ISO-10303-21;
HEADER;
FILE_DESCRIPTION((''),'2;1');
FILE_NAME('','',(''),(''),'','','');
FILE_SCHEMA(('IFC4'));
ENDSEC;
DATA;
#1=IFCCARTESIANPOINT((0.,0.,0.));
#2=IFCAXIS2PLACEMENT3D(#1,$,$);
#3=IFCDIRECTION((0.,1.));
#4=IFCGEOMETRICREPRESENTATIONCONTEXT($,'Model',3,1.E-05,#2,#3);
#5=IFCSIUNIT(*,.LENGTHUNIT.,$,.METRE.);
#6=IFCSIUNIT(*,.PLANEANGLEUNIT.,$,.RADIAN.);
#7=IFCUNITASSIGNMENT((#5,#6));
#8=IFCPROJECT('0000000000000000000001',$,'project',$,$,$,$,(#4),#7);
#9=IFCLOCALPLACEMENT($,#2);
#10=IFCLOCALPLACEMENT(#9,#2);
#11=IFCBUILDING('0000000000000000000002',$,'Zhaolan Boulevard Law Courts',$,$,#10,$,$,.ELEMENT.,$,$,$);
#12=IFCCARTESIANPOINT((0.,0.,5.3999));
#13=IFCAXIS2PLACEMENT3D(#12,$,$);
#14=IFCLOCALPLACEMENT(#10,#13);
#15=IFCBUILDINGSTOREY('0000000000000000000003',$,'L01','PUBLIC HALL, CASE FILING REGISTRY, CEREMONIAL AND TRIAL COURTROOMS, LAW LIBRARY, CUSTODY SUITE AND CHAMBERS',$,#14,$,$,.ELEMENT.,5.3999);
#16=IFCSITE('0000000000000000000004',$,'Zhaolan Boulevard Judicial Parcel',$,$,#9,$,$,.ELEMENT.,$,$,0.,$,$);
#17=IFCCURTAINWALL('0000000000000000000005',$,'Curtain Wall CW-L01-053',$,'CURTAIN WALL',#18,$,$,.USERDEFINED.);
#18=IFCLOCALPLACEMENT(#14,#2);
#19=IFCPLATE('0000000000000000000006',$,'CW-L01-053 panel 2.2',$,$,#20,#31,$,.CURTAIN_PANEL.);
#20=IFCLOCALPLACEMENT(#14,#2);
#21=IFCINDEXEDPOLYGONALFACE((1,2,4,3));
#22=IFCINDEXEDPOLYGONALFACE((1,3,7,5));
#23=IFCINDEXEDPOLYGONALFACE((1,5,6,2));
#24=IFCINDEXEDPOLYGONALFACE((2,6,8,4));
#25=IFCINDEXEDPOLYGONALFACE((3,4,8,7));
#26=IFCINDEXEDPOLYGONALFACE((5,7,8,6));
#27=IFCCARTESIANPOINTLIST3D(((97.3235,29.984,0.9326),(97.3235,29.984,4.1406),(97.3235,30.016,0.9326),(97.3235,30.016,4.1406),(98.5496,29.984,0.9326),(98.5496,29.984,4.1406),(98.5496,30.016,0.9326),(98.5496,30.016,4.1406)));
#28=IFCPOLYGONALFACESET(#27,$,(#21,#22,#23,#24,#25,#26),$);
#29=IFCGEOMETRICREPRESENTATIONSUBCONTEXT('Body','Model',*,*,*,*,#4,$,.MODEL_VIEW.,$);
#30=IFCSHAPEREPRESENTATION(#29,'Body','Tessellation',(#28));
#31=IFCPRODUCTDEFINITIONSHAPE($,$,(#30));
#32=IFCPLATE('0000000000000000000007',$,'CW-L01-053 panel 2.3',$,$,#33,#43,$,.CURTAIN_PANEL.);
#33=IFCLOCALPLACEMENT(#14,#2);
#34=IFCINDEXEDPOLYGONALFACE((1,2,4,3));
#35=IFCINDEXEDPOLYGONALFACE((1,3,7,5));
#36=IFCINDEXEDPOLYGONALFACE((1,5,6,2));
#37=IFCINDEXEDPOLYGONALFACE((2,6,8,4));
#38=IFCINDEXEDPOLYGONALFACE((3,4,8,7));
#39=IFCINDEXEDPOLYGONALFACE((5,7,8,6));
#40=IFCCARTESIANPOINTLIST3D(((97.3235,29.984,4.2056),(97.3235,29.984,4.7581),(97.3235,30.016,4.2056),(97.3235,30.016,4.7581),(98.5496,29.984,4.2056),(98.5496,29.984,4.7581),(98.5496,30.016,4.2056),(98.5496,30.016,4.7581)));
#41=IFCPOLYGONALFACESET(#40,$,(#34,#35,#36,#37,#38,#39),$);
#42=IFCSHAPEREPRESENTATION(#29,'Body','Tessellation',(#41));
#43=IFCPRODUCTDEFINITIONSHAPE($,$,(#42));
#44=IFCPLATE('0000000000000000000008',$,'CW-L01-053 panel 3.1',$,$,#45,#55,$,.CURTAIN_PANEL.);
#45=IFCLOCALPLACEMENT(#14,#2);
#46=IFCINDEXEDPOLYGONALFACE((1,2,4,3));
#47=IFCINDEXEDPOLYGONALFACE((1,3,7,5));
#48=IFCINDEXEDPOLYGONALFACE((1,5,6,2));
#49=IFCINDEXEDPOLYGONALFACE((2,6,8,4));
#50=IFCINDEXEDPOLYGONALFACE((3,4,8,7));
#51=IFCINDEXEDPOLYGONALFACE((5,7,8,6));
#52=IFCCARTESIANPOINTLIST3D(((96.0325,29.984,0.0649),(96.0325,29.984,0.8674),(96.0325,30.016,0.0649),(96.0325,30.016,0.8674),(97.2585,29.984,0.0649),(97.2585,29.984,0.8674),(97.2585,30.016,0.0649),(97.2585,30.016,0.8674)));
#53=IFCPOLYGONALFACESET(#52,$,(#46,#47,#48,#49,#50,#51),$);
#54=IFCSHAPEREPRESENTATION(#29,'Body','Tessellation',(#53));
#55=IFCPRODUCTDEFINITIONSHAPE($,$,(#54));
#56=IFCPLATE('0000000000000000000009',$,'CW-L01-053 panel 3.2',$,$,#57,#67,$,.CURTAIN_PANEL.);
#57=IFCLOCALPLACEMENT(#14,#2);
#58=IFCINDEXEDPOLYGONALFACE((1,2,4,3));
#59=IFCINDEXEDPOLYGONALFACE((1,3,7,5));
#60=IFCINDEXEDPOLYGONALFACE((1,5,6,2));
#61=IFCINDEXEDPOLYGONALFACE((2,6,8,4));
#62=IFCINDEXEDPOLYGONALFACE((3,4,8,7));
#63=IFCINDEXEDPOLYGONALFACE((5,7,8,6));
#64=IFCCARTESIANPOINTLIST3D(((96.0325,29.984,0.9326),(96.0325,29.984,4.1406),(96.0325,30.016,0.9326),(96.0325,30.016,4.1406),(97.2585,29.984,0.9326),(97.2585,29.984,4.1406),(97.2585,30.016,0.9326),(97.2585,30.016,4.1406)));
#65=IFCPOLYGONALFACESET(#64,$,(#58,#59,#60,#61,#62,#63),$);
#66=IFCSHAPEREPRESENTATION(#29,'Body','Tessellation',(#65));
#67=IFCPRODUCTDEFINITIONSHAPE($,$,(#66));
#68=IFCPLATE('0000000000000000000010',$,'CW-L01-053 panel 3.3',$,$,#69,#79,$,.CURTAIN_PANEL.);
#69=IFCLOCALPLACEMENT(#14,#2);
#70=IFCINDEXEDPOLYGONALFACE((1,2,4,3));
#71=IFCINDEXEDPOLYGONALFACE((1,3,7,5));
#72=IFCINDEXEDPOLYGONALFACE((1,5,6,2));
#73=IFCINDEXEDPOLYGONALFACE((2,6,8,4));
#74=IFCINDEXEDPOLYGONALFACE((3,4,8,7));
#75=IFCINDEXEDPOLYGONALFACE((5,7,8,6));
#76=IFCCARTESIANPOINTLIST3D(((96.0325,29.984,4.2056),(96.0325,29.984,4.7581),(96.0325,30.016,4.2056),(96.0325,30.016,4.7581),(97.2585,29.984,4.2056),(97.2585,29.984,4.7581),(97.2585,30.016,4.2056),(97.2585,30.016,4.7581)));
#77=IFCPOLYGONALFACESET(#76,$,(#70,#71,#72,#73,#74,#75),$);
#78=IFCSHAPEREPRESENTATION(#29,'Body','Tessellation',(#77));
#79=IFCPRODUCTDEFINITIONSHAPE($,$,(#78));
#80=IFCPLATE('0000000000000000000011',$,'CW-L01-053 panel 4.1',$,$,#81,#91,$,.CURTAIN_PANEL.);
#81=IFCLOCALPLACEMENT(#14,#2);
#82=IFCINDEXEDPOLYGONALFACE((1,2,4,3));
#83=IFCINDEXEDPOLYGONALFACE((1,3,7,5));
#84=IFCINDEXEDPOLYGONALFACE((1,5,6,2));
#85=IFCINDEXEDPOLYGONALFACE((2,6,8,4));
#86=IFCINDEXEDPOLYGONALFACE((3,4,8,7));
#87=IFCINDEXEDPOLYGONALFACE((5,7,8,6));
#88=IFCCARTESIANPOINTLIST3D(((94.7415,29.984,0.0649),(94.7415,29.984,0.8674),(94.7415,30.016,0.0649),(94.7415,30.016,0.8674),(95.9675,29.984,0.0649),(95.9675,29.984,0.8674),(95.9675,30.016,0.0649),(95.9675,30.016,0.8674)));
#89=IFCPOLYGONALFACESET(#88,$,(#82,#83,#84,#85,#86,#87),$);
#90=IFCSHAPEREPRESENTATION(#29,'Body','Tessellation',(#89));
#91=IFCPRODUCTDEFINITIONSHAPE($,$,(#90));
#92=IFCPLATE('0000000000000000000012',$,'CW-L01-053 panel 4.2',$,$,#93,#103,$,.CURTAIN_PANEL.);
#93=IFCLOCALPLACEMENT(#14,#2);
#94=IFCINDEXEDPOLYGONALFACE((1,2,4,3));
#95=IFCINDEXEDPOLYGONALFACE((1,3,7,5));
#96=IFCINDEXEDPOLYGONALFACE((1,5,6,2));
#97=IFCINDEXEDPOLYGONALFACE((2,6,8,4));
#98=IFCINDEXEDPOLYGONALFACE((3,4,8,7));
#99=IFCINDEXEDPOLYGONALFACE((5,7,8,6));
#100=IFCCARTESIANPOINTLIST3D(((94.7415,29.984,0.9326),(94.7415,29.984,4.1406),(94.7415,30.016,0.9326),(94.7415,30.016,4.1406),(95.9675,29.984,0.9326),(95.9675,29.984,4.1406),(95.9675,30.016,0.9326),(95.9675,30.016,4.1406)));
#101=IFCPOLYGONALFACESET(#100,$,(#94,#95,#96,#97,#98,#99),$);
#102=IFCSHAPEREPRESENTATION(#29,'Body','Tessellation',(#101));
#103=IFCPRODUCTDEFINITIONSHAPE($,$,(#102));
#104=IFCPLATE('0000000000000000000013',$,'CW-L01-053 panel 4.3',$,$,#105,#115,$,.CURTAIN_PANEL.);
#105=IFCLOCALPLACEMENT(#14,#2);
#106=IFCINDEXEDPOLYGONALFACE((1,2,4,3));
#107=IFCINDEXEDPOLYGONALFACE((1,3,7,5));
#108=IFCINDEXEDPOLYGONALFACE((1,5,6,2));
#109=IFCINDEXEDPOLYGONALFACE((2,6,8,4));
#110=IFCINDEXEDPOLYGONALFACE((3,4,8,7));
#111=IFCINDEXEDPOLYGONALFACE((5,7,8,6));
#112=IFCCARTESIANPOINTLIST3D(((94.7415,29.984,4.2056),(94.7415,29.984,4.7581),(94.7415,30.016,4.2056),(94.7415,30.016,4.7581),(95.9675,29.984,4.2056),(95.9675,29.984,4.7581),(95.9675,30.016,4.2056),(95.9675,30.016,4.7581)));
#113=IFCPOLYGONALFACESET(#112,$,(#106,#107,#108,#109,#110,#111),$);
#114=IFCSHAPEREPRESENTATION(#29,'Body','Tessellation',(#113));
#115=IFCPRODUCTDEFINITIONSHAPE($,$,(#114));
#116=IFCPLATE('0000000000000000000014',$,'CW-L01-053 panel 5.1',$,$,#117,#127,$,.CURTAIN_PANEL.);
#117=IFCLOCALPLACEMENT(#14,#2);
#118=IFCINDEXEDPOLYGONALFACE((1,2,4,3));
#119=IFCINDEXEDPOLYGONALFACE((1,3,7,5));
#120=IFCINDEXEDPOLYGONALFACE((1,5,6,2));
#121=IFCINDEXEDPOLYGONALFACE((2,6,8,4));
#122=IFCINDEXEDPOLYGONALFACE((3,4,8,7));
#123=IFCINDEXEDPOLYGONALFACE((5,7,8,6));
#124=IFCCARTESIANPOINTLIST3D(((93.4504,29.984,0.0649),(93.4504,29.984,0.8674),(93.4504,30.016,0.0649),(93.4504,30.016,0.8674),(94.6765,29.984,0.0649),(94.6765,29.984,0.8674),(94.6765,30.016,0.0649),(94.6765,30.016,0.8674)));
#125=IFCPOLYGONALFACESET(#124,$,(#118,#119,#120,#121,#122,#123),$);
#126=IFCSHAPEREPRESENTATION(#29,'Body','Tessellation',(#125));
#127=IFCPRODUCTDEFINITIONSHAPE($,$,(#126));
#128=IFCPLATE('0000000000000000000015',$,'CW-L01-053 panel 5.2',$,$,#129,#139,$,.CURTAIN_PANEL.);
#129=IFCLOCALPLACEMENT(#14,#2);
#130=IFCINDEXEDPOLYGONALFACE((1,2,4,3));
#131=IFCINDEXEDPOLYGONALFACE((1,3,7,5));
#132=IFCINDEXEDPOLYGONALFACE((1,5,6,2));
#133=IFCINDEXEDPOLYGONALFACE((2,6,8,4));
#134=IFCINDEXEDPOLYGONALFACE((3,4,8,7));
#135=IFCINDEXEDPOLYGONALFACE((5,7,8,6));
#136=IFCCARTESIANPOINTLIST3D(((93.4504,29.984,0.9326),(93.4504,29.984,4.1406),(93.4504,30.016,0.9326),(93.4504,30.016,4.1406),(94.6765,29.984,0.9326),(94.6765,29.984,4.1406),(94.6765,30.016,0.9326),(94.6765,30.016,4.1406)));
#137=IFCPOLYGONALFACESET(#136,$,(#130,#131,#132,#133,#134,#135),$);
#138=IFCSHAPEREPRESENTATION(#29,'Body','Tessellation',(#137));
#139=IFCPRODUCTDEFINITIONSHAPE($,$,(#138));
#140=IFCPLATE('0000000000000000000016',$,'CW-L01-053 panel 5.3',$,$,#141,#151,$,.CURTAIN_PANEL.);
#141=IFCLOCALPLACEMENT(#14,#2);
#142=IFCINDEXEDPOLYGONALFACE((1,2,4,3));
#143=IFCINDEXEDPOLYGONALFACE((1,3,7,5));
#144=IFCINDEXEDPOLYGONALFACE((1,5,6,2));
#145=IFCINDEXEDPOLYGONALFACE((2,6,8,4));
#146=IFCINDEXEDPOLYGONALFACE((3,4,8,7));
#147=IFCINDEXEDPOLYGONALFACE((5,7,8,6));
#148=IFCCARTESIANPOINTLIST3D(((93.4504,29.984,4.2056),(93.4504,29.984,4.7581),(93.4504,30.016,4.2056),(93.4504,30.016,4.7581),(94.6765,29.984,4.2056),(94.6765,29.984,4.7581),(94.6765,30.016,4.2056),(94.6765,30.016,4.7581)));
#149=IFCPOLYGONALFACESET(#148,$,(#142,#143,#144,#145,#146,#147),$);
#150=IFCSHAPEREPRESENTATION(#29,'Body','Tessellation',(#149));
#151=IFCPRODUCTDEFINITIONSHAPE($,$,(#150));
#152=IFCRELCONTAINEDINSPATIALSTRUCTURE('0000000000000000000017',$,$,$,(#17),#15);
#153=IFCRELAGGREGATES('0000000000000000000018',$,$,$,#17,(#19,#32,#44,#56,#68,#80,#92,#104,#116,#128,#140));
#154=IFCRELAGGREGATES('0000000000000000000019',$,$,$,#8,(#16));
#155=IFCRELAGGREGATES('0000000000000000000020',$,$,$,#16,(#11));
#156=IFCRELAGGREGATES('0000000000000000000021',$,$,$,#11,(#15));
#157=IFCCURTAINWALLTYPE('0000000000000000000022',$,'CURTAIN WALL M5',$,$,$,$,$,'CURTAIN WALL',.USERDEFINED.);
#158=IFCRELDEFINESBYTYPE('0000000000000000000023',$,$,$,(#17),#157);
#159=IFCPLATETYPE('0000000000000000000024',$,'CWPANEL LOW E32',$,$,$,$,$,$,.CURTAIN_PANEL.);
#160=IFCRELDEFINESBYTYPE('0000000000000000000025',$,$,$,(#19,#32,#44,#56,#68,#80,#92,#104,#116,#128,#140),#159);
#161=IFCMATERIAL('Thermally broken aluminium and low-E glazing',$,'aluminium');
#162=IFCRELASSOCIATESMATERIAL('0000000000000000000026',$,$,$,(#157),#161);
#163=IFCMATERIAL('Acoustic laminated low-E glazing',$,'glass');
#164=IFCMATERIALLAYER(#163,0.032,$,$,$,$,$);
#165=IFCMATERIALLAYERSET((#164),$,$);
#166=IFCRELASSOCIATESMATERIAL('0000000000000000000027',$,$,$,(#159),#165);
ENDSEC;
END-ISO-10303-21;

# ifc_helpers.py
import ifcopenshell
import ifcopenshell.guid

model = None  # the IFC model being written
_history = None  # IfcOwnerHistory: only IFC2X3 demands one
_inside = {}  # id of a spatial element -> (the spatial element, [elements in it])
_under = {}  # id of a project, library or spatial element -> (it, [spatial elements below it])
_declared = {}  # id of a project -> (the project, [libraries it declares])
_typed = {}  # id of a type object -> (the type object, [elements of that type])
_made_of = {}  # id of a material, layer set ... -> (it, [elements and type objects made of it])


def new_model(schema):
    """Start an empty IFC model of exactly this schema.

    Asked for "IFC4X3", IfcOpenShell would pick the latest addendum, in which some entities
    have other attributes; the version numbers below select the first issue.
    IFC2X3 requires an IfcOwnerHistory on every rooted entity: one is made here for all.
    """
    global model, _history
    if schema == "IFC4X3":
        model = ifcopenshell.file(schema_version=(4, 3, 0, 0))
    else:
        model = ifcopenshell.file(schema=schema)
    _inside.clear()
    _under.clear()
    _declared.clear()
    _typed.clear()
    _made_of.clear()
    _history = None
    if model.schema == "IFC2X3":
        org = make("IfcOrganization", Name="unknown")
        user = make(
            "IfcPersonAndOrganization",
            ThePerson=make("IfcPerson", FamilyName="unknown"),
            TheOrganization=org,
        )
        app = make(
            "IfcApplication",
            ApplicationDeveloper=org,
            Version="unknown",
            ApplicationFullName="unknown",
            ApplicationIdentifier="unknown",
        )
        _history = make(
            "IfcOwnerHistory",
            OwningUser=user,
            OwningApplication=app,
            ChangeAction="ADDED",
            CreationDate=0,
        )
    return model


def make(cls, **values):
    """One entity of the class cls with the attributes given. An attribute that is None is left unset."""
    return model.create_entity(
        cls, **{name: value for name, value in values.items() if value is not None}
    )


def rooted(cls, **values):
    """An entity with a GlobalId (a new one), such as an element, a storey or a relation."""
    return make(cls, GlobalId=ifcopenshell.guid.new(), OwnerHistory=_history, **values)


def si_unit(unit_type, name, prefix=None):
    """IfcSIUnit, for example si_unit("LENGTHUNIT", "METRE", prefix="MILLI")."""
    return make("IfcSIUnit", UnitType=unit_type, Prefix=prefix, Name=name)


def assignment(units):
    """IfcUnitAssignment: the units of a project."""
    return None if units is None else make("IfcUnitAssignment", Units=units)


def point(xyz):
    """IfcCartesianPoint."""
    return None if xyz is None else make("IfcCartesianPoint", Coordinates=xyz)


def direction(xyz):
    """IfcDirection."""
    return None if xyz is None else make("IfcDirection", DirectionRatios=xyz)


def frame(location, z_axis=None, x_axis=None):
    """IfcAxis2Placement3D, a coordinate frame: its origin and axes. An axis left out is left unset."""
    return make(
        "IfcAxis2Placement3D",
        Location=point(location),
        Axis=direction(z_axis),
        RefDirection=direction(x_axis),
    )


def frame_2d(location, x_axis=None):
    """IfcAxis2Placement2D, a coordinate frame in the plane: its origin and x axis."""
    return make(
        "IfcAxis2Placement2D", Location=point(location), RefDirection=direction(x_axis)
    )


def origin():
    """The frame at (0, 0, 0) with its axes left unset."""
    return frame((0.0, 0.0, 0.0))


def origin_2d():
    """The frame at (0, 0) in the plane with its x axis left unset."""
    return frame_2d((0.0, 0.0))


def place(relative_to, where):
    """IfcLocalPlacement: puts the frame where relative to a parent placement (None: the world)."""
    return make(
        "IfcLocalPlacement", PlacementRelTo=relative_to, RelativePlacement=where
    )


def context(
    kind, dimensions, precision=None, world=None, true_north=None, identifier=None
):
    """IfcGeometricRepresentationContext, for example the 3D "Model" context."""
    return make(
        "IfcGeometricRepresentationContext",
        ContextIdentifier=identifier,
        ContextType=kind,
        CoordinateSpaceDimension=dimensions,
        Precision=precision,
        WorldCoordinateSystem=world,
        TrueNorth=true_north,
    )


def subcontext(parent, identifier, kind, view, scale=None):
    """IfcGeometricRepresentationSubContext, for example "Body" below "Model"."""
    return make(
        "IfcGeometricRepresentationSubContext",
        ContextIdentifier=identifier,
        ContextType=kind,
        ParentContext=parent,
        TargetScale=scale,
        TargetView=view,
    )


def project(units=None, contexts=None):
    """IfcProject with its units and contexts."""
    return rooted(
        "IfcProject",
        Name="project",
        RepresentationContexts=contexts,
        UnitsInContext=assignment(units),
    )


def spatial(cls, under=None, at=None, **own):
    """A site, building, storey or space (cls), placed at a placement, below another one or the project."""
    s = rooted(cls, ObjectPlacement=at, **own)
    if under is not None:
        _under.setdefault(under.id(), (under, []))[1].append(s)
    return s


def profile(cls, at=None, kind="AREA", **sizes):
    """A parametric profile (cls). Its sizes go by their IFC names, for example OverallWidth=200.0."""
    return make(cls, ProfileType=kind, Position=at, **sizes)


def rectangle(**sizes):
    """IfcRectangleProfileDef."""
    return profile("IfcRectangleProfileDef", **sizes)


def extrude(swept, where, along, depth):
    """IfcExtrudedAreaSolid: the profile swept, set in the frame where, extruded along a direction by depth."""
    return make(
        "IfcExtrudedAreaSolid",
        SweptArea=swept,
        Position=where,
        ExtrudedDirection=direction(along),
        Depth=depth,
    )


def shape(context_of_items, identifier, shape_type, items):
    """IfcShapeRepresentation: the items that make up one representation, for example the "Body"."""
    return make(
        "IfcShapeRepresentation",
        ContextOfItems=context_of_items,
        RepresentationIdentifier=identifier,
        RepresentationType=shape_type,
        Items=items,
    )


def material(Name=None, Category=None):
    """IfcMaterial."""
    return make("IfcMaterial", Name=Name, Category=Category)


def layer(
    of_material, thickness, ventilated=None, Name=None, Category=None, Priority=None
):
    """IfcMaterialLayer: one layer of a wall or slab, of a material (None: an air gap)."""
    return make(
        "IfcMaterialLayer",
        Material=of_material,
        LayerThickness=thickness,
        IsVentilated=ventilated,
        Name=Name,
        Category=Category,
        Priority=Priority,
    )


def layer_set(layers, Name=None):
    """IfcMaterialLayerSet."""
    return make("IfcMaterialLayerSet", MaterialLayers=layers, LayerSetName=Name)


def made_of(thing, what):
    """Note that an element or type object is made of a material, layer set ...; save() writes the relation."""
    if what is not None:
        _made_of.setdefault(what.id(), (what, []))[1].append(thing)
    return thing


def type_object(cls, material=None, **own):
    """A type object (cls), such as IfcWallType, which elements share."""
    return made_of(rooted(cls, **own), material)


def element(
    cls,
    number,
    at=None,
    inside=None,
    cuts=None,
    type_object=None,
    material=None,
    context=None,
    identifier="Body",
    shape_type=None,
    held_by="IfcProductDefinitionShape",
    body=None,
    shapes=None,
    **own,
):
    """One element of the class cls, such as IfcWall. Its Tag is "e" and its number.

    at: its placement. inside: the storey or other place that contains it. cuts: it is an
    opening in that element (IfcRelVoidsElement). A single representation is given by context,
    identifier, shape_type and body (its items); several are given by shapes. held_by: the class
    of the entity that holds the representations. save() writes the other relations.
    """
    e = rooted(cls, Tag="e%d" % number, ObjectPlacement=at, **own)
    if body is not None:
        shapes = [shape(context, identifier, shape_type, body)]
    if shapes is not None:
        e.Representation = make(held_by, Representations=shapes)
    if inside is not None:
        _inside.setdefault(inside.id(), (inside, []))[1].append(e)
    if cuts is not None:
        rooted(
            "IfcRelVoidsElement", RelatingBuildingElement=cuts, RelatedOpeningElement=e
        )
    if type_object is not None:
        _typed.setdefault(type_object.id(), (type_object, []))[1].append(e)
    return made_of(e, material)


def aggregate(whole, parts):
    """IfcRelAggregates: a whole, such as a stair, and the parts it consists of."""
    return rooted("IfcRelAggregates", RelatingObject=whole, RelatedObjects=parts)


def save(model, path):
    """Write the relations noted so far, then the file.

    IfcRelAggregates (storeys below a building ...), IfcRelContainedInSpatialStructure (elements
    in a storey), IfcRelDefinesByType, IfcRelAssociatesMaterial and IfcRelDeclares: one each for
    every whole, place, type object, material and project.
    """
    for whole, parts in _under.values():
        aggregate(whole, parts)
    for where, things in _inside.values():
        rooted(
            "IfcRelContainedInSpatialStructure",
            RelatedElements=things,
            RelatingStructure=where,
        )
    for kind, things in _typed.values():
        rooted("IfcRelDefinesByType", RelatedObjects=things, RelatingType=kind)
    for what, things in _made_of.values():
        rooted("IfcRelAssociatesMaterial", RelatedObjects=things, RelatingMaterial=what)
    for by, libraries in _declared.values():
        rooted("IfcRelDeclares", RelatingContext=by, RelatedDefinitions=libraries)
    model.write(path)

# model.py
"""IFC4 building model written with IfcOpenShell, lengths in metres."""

from ifc_helpers import new_model, si_unit, direction, frame, origin, origin_2d, place, context, subcontext, project, spatial, rectangle, extrude, material, layer, layer_set, type_object, element, aggregate, save


model = new_model("IFC4")

# Units and contexts
model_context = context("Model", 3, precision=1e-05, world=origin(), true_north=direction((0.0, 1.0)))
body_context = subcontext(model_context, "Body", "Model", "MODEL_VIEW")
ifc_project = project(units=[si_unit("LENGTHUNIT", "METRE"), si_unit("PLANEANGLEUNIT", "RADIAN")], contexts=[model_context])

# Site, building, storey
site_placement = place(None, origin())
site = spatial("IfcSite", under=ifc_project, at=site_placement, Name="Zhaolan Boulevard Judicial Parcel", CompositionType="ELEMENT", RefElevation=0.0)
building_placement = place(site_placement, origin())
building = spatial("IfcBuilding", under=site, at=building_placement, Name="Zhaolan Boulevard Law Courts", CompositionType="ELEMENT")
storey_placement = place(building_placement, frame((0.0, 0.0, 5.3999)))
storey = spatial("IfcBuildingStorey", under=building, at=storey_placement, Name="L01", Description="PUBLIC HALL, CASE FILING REGISTRY, CEREMONIAL AND TRIAL COURTROOMS, LAW LIBRARY, CUSTODY SUITE AND CHAMBERS", CompositionType="ELEMENT", Elevation=5.3999)

# Curtain wall
ifc_material_1 = material(Name="Thermally broken aluminium and low-E glazing", Category="aluminium")
curtain_wall_type = type_object("IfcCurtainWallType", Name="CURTAIN WALL M5", ElementType="CURTAIN WALL", PredefinedType="USERDEFINED", material=ifc_material_1)
curtain_wall_placement = place(storey_placement, origin())
curtain_wall = element("IfcCurtainWall", 1, at=curtain_wall_placement, inside=storey, type_object=curtain_wall_type, Name="Curtain Wall CW-L01-053", ObjectType="CURTAIN WALL", PredefinedType="USERDEFINED")

# Plates
ifc_material_2 = material(Name="Acoustic laminated low-E glazing", Category="glass")
ifc_layer = layer(ifc_material_2, 0.032)
ifc_layer_set = layer_set([ifc_layer])
plate_type = type_object("IfcPlateType", Name="CWPANEL LOW E32", PredefinedType="CURTAIN_PANEL", material=ifc_layer_set)
plate_1_placement = place(storey_placement, frame((97.9365, 30.0, 0.9326), z_axis=(0.0, 0.0, 1.0), x_axis=(-1.0, 0.0, 0.0)))
plate_1 = element("IfcPlate", 2, at=plate_1_placement, type_object=plate_type, Name="CW-L01-053 panel 2.2", PredefinedType="CURTAIN_PANEL", context=body_context, shape_type="SweptSolid", body=[
    extrude(rectangle(XDim=1.2261, YDim=0.032, at=origin_2d()), origin(), (0.0, 0.0, 1.0), 3.208),
])
plate_2_placement = place(storey_placement, frame((97.9365, 30.0, 4.2056), z_axis=(0.0, 0.0, 1.0), x_axis=(-1.0, 0.0, 0.0)))
plate_2 = element("IfcPlate", 3, at=plate_2_placement, type_object=plate_type, Name="CW-L01-053 panel 2.3", PredefinedType="CURTAIN_PANEL", context=body_context, shape_type="SweptSolid", body=[
    extrude(rectangle(XDim=1.2261, YDim=0.032, at=origin_2d()), origin(), (0.0, 0.0, 1.0), 0.5525),
])
plate_3_placement = place(storey_placement, frame((96.6455, 30.0, 0.0649), z_axis=(0.0, 0.0, 1.0), x_axis=(-1.0, 0.0, 0.0)))
plate_3 = element("IfcPlate", 4, at=plate_3_placement, type_object=plate_type, Name="CW-L01-053 panel 3.1", PredefinedType="CURTAIN_PANEL", context=body_context, shape_type="SweptSolid", body=[
    extrude(rectangle(XDim=1.2261, YDim=0.032, at=origin_2d()), origin(), (0.0, 0.0, 1.0), 0.8025),
])
plate_4_placement = place(storey_placement, frame((96.6455, 30.0, 0.9326), z_axis=(0.0, 0.0, 1.0), x_axis=(-1.0, 0.0, 0.0)))
plate_4 = element("IfcPlate", 5, at=plate_4_placement, type_object=plate_type, Name="CW-L01-053 panel 3.2", PredefinedType="CURTAIN_PANEL", context=body_context, shape_type="SweptSolid", body=[
    extrude(rectangle(XDim=1.2261, YDim=0.032, at=origin_2d()), origin(), (0.0, 0.0, 1.0), 3.208),
])
plate_5_placement = place(storey_placement, frame((96.6455, 30.0, 4.2056), z_axis=(0.0, 0.0, 1.0), x_axis=(-1.0, 0.0, 0.0)))
plate_5 = element("IfcPlate", 6, at=plate_5_placement, type_object=plate_type, Name="CW-L01-053 panel 3.3", PredefinedType="CURTAIN_PANEL", context=body_context, shape_type="SweptSolid", body=[
    extrude(rectangle(XDim=1.2261, YDim=0.032, at=origin_2d()), origin(), (0.0, 0.0, 1.0), 0.5525),
])
plate_6_placement = place(storey_placement, frame((95.3545, 30.0, 0.0649), z_axis=(0.0, 0.0, 1.0), x_axis=(-1.0, 0.0, 0.0)))
plate_6 = element("IfcPlate", 7, at=plate_6_placement, type_object=plate_type, Name="CW-L01-053 panel 4.1", PredefinedType="CURTAIN_PANEL", context=body_context, shape_type="SweptSolid", body=[
    extrude(rectangle(XDim=1.2261, YDim=0.032, at=origin_2d()), origin(), (0.0, 0.0, 1.0), 0.8025),
])
plate_7_placement = place(storey_placement, frame((95.3545, 30.0, 0.9326), z_axis=(0.0, 0.0, 1.0), x_axis=(-1.0, 0.0, 0.0)))
plate_7 = element("IfcPlate", 8, at=plate_7_placement, type_object=plate_type, Name="CW-L01-053 panel 4.2", PredefinedType="CURTAIN_PANEL", context=body_context, shape_type="SweptSolid", body=[
    extrude(rectangle(XDim=1.2261, YDim=0.032, at=origin_2d()), origin(), (0.0, 0.0, 1.0), 3.208),
])
plate_8_placement = place(storey_placement, frame((95.3545, 30.0, 4.2056), z_axis=(0.0, 0.0, 1.0), x_axis=(-1.0, 0.0, 0.0)))
plate_8 = element("IfcPlate", 9, at=plate_8_placement, type_object=plate_type, Name="CW-L01-053 panel 4.3", PredefinedType="CURTAIN_PANEL", context=body_context, shape_type="SweptSolid", body=[
    extrude(rectangle(XDim=1.2261, YDim=0.032, at=origin_2d()), origin(), (0.0, 0.0, 1.0), 0.5525),
])
plate_9_placement = place(storey_placement, frame((94.0635, 30.0, 0.0649), z_axis=(0.0, 0.0, 1.0), x_axis=(-1.0, 0.0, 0.0)))
plate_9 = element("IfcPlate", 10, at=plate_9_placement, type_object=plate_type, Name="CW-L01-053 panel 5.1", PredefinedType="CURTAIN_PANEL", context=body_context, shape_type="SweptSolid", body=[
    extrude(rectangle(XDim=1.2261, YDim=0.032, at=origin_2d()), origin(), (0.0, 0.0, 1.0), 0.8025),
])
plate_10_placement = place(storey_placement, frame((94.0635, 30.0, 0.9326), z_axis=(0.0, 0.0, 1.0), x_axis=(-1.0, 0.0, 0.0)))
plate_10 = element("IfcPlate", 11, at=plate_10_placement, type_object=plate_type, Name="CW-L01-053 panel 5.2", PredefinedType="CURTAIN_PANEL", context=body_context, shape_type="SweptSolid", body=[
    extrude(rectangle(XDim=1.2261, YDim=0.032, at=origin_2d()), origin(), (0.0, 0.0, 1.0), 3.208),
])
plate_11_placement = place(storey_placement, frame((94.0635, 30.0, 4.2056), z_axis=(0.0, 0.0, 1.0), x_axis=(-1.0, 0.0, 0.0)))
plate_11 = element("IfcPlate", 12, at=plate_11_placement, type_object=plate_type, Name="CW-L01-053 panel 5.3", PredefinedType="CURTAIN_PANEL", context=body_context, shape_type="SweptSolid", body=[
    extrude(rectangle(XDim=1.2261, YDim=0.032, at=origin_2d()), origin(), (0.0, 0.0, 1.0), 0.5525),
])
aggregate(curtain_wall, [plate_1, plate_2, plate_3, plate_4, plate_5, plate_6, plate_7, plate_8, plate_9, plate_10, plate_11])

save(model, "model.ifc")
